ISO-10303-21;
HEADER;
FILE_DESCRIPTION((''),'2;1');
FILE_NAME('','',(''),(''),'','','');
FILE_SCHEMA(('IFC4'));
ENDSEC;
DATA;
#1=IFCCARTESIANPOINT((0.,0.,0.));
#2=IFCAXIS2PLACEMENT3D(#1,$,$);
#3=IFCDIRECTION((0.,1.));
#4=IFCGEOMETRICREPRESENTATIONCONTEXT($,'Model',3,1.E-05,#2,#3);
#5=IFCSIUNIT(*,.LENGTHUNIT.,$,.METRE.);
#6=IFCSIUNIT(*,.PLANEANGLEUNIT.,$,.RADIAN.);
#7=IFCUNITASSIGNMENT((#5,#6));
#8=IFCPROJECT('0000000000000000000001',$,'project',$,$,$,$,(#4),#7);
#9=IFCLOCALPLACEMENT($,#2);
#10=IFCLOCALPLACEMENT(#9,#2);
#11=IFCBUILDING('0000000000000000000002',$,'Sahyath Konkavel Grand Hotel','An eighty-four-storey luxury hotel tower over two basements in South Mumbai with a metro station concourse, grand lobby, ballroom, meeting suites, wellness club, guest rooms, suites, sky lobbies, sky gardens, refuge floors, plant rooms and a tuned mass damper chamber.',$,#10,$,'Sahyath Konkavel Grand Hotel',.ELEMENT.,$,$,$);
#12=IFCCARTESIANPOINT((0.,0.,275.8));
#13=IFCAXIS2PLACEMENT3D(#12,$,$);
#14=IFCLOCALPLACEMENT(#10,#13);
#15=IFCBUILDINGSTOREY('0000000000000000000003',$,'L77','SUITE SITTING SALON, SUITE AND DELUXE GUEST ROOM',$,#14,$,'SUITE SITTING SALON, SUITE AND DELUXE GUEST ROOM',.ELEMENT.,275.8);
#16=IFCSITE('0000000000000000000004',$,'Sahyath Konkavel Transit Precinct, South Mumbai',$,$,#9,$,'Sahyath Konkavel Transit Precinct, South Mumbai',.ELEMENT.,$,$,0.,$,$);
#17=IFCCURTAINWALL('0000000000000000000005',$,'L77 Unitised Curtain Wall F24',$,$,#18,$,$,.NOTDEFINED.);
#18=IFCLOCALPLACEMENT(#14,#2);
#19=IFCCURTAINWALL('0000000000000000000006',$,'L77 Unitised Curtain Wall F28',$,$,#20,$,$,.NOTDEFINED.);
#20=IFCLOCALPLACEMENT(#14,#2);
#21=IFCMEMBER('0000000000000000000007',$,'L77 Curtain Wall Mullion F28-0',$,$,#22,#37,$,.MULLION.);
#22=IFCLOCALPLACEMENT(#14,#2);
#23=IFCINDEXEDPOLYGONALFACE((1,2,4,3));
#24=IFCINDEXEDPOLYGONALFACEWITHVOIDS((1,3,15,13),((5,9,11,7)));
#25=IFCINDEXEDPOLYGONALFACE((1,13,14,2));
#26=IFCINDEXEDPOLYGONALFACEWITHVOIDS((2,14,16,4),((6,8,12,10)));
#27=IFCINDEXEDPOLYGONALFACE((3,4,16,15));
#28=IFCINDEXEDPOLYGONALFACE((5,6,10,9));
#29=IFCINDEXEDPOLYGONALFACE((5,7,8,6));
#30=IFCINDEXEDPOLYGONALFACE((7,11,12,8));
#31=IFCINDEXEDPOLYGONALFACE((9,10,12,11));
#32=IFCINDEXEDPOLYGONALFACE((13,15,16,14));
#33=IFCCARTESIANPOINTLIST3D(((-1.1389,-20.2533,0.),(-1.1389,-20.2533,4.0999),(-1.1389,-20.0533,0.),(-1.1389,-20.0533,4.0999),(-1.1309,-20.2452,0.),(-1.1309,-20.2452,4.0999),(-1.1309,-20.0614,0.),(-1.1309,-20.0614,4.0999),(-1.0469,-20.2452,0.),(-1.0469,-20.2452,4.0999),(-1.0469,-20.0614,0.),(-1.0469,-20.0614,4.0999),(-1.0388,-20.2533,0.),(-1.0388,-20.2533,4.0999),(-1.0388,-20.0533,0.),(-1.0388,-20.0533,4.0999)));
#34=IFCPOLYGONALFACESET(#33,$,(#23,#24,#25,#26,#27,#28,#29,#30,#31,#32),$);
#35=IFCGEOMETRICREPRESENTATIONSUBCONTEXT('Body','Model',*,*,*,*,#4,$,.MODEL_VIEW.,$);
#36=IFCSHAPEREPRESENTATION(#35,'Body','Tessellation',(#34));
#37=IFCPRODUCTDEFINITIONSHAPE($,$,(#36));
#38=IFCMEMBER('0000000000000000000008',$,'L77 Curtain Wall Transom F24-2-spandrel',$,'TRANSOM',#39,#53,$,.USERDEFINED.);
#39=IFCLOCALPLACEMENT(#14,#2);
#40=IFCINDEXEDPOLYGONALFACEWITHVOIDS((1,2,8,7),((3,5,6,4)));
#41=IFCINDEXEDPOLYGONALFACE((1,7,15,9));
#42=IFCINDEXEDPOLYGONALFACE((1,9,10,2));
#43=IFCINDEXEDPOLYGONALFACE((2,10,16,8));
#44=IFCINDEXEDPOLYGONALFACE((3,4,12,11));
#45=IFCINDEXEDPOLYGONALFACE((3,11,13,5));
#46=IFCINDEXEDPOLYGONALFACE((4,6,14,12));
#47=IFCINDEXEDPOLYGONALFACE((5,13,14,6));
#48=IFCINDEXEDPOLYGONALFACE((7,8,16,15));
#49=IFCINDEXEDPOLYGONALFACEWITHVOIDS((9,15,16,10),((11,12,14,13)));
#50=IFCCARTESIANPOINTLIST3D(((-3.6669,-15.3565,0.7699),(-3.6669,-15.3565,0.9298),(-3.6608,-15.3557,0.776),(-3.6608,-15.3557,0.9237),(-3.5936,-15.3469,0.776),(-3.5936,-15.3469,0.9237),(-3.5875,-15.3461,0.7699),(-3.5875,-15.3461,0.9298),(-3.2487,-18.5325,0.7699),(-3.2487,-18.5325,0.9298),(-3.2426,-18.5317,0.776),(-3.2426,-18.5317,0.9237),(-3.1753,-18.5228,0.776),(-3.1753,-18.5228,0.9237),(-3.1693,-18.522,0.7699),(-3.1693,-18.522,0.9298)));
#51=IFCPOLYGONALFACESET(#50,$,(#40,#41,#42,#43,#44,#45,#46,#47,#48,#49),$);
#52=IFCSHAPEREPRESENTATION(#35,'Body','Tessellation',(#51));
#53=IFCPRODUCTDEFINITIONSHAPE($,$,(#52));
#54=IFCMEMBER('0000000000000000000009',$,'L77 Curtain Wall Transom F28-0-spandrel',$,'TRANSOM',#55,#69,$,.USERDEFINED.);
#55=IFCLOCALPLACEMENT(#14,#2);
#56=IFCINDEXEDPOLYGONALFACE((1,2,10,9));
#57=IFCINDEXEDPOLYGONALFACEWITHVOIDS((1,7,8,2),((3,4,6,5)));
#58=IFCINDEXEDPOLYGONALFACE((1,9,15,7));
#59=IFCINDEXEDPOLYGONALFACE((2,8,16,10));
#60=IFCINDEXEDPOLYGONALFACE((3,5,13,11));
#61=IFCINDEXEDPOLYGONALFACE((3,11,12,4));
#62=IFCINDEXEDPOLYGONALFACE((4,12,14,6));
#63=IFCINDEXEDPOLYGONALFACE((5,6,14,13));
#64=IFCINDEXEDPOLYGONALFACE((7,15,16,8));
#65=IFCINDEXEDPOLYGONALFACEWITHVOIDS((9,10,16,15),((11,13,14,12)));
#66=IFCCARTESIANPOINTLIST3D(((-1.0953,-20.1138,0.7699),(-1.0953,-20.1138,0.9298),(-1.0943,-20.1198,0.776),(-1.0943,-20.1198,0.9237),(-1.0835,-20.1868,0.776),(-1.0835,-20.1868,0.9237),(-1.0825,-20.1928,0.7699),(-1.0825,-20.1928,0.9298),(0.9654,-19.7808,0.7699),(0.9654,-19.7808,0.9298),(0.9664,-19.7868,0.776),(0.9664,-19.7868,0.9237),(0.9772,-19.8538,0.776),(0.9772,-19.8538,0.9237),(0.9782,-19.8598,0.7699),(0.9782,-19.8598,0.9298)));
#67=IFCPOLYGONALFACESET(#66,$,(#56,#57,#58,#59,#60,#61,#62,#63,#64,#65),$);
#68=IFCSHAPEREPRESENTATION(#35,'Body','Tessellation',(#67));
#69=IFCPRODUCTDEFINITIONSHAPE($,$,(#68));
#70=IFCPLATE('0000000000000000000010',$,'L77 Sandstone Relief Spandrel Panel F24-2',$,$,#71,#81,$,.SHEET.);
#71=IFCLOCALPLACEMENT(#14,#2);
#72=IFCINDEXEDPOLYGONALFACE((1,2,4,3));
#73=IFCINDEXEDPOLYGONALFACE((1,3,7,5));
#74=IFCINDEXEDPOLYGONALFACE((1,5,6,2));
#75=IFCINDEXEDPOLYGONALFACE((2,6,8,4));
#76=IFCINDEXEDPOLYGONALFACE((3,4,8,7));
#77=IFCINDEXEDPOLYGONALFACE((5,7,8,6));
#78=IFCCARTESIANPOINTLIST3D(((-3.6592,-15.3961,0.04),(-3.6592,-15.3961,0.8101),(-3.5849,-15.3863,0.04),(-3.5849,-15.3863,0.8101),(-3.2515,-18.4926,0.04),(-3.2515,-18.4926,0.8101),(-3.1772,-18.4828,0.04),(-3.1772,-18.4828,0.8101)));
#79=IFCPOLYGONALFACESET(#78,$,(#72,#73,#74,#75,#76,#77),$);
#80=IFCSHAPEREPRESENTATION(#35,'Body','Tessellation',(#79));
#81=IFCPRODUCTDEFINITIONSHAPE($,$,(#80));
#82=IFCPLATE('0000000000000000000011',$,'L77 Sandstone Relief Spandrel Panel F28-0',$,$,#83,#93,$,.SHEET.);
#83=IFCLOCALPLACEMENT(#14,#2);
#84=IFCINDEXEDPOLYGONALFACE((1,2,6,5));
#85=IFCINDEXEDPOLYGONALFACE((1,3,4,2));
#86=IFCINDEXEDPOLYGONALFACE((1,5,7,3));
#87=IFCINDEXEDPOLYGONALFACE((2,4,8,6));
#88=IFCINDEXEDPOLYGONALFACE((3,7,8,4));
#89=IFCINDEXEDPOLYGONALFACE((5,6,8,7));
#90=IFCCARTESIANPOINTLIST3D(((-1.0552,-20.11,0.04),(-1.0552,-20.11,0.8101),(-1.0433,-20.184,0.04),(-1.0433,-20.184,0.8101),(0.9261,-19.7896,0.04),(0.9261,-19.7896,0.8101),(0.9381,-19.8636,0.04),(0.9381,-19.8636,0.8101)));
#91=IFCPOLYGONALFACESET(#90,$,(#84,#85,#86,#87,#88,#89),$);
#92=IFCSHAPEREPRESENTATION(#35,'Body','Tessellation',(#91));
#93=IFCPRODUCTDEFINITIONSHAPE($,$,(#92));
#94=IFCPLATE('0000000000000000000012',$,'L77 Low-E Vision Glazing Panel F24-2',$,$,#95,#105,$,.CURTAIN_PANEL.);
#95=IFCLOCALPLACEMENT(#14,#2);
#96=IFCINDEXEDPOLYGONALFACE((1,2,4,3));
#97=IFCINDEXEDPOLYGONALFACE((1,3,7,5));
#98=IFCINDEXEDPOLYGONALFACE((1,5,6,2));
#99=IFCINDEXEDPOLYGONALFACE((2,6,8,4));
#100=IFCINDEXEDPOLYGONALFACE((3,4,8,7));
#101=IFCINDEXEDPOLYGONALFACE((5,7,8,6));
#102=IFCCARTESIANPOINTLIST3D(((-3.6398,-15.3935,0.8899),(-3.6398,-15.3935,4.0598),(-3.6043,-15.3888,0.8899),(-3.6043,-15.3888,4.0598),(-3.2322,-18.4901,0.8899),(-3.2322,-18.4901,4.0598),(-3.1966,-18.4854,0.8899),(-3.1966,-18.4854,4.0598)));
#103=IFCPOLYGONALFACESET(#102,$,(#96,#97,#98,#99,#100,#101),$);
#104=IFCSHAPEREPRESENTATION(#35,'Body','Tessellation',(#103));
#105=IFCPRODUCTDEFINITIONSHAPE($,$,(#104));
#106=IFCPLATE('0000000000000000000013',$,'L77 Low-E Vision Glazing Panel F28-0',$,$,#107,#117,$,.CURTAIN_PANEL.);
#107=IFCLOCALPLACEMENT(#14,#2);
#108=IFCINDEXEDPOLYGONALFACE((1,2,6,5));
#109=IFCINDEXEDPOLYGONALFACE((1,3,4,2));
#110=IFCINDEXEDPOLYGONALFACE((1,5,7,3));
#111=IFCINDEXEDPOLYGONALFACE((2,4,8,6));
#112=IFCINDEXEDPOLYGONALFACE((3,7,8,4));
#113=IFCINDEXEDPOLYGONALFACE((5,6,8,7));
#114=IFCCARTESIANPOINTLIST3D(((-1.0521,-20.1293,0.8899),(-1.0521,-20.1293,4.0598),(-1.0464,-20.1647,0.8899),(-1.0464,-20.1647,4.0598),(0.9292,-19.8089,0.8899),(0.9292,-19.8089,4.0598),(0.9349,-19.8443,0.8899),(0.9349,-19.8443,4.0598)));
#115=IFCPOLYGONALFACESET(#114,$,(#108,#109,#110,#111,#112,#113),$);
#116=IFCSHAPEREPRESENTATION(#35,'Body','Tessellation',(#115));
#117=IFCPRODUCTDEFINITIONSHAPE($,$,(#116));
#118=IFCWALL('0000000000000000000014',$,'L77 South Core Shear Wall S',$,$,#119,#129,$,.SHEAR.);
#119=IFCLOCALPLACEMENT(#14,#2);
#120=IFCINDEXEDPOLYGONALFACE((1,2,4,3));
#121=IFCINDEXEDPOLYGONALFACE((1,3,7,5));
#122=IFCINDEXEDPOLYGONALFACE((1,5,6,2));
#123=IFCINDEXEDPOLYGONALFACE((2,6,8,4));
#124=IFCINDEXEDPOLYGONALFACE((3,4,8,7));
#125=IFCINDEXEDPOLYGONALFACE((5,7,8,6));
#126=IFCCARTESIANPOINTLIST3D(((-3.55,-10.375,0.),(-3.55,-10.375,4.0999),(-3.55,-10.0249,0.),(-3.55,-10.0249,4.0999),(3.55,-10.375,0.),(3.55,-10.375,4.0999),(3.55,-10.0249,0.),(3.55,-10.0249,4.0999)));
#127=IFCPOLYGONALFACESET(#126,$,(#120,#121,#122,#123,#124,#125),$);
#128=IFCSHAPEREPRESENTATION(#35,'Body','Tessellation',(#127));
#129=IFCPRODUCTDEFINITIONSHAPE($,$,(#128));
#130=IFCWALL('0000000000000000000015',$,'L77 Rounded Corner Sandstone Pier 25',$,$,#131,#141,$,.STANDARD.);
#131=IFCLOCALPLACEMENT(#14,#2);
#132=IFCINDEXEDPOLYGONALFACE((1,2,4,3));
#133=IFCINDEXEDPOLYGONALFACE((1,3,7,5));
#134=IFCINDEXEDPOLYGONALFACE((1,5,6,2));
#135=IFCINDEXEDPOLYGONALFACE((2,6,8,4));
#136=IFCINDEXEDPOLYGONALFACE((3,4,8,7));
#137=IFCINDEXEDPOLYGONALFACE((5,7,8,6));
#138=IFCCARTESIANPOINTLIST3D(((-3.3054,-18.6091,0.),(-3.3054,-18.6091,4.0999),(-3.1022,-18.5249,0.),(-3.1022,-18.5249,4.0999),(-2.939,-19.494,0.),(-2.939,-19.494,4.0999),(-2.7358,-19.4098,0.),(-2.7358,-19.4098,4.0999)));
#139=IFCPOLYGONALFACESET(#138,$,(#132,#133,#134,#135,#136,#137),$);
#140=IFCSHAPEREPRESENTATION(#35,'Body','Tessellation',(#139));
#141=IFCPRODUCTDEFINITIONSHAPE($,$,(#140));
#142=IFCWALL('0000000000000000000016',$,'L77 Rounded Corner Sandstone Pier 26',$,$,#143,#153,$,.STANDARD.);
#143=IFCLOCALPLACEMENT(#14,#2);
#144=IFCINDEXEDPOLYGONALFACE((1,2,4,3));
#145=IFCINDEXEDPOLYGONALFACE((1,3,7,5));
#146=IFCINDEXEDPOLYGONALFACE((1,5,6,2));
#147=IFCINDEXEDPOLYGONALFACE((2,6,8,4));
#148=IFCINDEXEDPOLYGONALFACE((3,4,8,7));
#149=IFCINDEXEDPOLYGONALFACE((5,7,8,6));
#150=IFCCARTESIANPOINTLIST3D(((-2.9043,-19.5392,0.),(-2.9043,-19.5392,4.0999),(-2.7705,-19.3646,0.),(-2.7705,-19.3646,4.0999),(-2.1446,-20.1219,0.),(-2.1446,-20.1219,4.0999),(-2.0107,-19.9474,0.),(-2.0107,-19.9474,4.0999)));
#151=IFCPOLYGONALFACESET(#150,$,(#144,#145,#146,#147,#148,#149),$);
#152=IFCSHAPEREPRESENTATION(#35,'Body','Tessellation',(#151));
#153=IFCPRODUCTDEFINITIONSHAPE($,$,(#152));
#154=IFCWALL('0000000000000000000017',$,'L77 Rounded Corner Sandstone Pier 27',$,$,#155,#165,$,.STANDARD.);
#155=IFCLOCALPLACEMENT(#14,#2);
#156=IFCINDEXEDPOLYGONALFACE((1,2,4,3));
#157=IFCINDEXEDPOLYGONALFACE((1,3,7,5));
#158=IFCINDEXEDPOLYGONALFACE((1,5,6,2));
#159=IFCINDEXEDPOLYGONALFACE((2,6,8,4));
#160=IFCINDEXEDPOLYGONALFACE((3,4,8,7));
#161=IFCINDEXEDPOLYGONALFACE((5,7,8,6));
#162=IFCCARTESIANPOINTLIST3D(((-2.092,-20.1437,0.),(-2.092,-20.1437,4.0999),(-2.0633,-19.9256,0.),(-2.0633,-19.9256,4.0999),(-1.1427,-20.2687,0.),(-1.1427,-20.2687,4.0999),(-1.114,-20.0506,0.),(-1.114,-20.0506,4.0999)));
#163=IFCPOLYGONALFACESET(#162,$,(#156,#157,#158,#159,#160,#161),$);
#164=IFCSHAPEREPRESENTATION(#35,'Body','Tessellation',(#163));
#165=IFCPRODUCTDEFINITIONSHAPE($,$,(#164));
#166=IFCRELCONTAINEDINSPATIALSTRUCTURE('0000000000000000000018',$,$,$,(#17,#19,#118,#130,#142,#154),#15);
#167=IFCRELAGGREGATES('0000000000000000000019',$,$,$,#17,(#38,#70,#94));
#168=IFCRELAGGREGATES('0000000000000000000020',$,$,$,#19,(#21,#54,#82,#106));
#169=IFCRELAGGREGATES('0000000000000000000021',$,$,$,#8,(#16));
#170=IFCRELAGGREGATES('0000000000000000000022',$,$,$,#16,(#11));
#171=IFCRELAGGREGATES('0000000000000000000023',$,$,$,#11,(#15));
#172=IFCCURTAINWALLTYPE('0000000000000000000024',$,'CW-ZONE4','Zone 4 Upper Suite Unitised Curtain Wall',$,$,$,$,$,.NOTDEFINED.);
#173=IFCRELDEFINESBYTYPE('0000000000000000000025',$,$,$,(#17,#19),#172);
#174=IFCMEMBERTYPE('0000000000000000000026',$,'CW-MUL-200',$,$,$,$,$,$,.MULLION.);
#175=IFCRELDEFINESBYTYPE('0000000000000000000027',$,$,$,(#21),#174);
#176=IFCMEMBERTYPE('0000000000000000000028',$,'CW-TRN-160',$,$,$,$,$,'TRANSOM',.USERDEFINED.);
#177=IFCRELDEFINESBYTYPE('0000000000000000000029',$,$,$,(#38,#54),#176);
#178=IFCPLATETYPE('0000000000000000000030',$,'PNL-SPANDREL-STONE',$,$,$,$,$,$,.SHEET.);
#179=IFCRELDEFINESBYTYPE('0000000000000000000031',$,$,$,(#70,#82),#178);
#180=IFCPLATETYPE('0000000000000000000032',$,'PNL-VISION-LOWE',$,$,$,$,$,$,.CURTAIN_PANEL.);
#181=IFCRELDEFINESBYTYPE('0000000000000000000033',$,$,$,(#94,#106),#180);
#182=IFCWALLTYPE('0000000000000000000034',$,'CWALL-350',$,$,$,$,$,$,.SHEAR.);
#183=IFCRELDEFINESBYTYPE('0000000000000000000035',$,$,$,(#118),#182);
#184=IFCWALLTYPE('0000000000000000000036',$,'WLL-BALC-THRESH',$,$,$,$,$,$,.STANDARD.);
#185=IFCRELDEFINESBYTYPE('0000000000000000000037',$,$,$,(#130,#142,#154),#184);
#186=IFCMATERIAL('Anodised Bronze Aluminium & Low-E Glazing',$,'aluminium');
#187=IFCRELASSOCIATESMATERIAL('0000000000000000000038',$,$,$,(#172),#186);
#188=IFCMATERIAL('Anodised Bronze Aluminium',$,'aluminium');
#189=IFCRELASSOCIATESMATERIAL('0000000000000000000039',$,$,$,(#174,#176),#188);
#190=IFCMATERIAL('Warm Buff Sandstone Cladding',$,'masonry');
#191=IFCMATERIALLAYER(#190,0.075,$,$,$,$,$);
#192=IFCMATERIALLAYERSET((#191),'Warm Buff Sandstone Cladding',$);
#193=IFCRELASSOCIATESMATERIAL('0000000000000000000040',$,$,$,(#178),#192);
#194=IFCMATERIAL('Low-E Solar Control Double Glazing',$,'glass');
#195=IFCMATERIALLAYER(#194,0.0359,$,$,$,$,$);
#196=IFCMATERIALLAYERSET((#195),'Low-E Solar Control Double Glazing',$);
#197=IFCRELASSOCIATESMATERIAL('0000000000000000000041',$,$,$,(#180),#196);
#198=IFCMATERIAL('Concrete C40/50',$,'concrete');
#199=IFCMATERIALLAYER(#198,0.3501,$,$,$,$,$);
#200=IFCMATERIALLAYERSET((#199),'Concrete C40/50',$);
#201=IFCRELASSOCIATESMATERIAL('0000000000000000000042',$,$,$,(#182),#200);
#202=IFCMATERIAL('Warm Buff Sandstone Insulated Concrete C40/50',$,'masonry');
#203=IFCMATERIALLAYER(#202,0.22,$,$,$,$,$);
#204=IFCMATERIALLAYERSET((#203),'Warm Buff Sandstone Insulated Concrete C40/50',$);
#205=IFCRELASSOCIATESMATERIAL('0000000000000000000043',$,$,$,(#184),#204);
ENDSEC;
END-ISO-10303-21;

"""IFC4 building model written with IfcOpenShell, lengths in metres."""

from ifc_helpers import new_model, si_unit, direction, frame, frame_2d, origin, origin_2d, place, context, subcontext, project, spatial, rectangle, hollow_rectangle, extrude, source, transform, mapped, material, layer, layer_set, material_profile, profile_set, type_object, element, aggregate, save


model = new_model("IFC4")

# Units and contexts
model_context = context("Model", 3, precision=1e-05, world=origin(), true_north=direction((0.0, 1.0)))
body_context = subcontext(model_context, "Body", "Model", "MODEL_VIEW")
ifc_project = project(units=[si_unit("LENGTHUNIT", "METRE"), si_unit("PLANEANGLEUNIT", "RADIAN")], contexts=[model_context])

# Site, building, storey
site_placement = place(None, origin())
site = spatial("IfcSite", under=ifc_project, at=site_placement, Name="Sahyath Konkavel Transit Precinct, South Mumbai", LongName="Sahyath Konkavel Transit Precinct, South Mumbai", CompositionType="ELEMENT", RefElevation=0.0)
building_placement = place(site_placement, origin())
building = spatial("IfcBuilding", under=site, at=building_placement, Name="Sahyath Konkavel Grand Hotel", Description="An eighty-four-storey luxury hotel tower over two basements in South Mumbai with a metro station concourse, grand lobby, ballroom, meeting suites, wellness club, guest rooms, suites, sky lobbies, sky gardens, refuge floors, plant rooms and a tuned mass damper chamber.", LongName="Sahyath Konkavel Grand Hotel", CompositionType="ELEMENT")
storey_placement = place(building_placement, frame((0.0, 0.0, 275.8)))
storey = spatial("IfcBuildingStorey", under=building, at=storey_placement, Name="L77", Description="SUITE SITTING SALON, SUITE AND DELUXE GUEST ROOM", LongName="SUITE SITTING SALON, SUITE AND DELUXE GUEST ROOM", CompositionType="ELEMENT", Elevation=275.8)

# Shared definitions
ifc_material_1 = material(Name="Concrete C40/50", Category="concrete")

# Curtain wall
ifc_material_2 = material(Name="Anodised Bronze Aluminium & Low-E Glazing", Category="aluminium")
curtain_wall_type = type_object("IfcCurtainWallType", Name="CW-ZONE4", Description="Zone 4 Upper Suite Unitised Curtain Wall", PredefinedType="NOTDEFINED", material=ifc_material_2)
curtain_wall_1_placement = place(storey_placement, origin())
curtain_wall_1 = element("IfcCurtainWall", 1, at=curtain_wall_1_placement, inside=storey, type_object=curtain_wall_type, Name="L77 Unitised Curtain Wall F24", PredefinedType="NOTDEFINED")
ifc_material_3 = material(Name="Anodised Bronze Aluminium", Category="aluminium")
ifc_material_profile_1 = material_profile(ifc_material_3, hollow_rectangle(XDim=0.1001, YDim=0.2, WallThickness=0.0081, at=origin_2d()), Name="RHS 200x100x8")
ifc_profile_set_1 = profile_set([ifc_material_profile_1], Name="Anodised Bronze Aluminium")
member_type_1 = type_object("IfcMemberType", Name="CW-MUL-200", PredefinedType="MULLION", material=ifc_profile_set_1)
shared_shape_1 = source(origin(), body_context, "Body", "SweptSolid", [
    extrude(hollow_rectangle(XDim=0.1001, YDim=0.2, WallThickness=0.0081, at=origin_2d()), origin(), (0.0, 0.0, 1.0), 4.0999),
])

# Curtain wall, member
curtain_wall_2_placement = place(storey_placement, origin())
curtain_wall_2 = element("IfcCurtainWall", 2, at=curtain_wall_2_placement, inside=storey, type_object=curtain_wall_type, Name="L77 Unitised Curtain Wall F28", PredefinedType="NOTDEFINED")
member_1_placement = place(storey_placement, frame((-1.0889, -20.1533, 0.0), z_axis=(0.0, 0.0, 1.0), x_axis=(1.0, 0.0, 0.0)))
member_1 = element("IfcMember", 3, at=member_1_placement, type_object=member_type_1, Name="L77 Curtain Wall Mullion F28-0", PredefinedType="MULLION", context=body_context, shape_type="MappedRepresentation", body=[
    mapped(shared_shape_1, transform((0.0, 0.0, 0.0), scale=1.0)),
])

# Members
ifc_material_profile_2 = material_profile(ifc_material_3, hollow_rectangle(XDim=0.0801, YDim=0.1599, WallThickness=0.0061, at=origin_2d()), Name="RHS 160x80x6")
ifc_profile_set_2 = profile_set([ifc_material_profile_2], Name="Anodised Bronze Aluminium")
member_type_2 = type_object("IfcMemberType", Name="CW-TRN-160", ElementType="TRANSOM", PredefinedType="USERDEFINED", material=ifc_profile_set_2)
shared_shape_2 = source(origin(), body_context, "Body", "SweptSolid", [
    extrude(hollow_rectangle(XDim=0.0801, YDim=0.1599, WallThickness=0.0061, at=origin_2d()), origin(), (0.0, 0.0, 1.0), 3.2034),
])
member_2_placement = place(storey_placement, frame((-3.6272, -15.3513, 0.8499), z_axis=(0.130551, -0.991442, 0.0), x_axis=(0.991442, 0.130551, 0.0)))
member_2 = element("IfcMember", 4, at=member_2_placement, type_object=member_type_2, Name="L77 Curtain Wall Transom F24-2-spandrel", ObjectType="TRANSOM", PredefinedType="USERDEFINED", context=body_context, shape_type="MappedRepresentation", body=[
    mapped(shared_shape_2, transform((0.0, 0.0, 0.0), scale=1.0)),
])
shared_shape_3 = source(origin(), body_context, "Body", "SweptSolid", [
    extrude(hollow_rectangle(XDim=0.0801, YDim=0.1599, WallThickness=0.0061, at=origin_2d()), origin(), (0.0, 0.0, 1.0), 2.0874),
])
member_3_placement = place(storey_placement, frame((-1.0889, -20.1533, 0.8499), z_axis=(0.987191, 0.159541, 0.0), x_axis=(-0.159541, 0.987191, 0.0)))
member_3 = element("IfcMember", 5, at=member_3_placement, type_object=member_type_2, Name="L77 Curtain Wall Transom F28-0-spandrel", ObjectType="TRANSOM", PredefinedType="USERDEFINED", context=body_context, shape_type="MappedRepresentation", body=[
    mapped(shared_shape_3, transform((0.0, 0.0, 0.0), scale=1.0)),
])

# Plates
ifc_material_4 = material(Name="Warm Buff Sandstone Cladding", Category="masonry")
ifc_layer_1 = layer(ifc_material_4, 0.075)
ifc_layer_set_1 = layer_set([ifc_layer_1], Name="Warm Buff Sandstone Cladding")
plate_type_1 = type_object("IfcPlateType", Name="PNL-SPANDREL-STONE", PredefinedType="SHEET", material=ifc_layer_set_1)
shared_shape_4 = source(origin(), body_context, "Body", "SweptSolid", [
    extrude(rectangle(XDim=3.1233, YDim=0.075, at=origin_2d()), origin(), (0.0, 0.0, 1.0), 0.77),
])
plate_1_placement = place(storey_placement, frame((-3.4182, -16.9395, 0.04), z_axis=(0.0, 0.0, 1.0), x_axis=(0.130526, -0.991445, 0.0)))
plate_1 = element("IfcPlate", 6, at=plate_1_placement, type_object=plate_type_1, Name="L77 Sandstone Relief Spandrel Panel F24-2", PredefinedType="SHEET", context=body_context, shape_type="MappedRepresentation", body=[
    mapped(shared_shape_4, transform((0.0, 0.0, 0.0), scale=1.0)),
])
shared_shape_5 = source(origin(), body_context, "Body", "SweptSolid", [
    extrude(rectangle(XDim=2.0071, YDim=0.075, at=origin_2d()), origin(), (0.0, 0.0, 1.0), 0.77),
])
plate_2_placement = place(storey_placement, frame((-0.0586, -19.9868, 0.04), z_axis=(0.0, 0.0, 1.0), x_axis=(0.987178, 0.159623, 0.0)))
plate_2 = element("IfcPlate", 7, at=plate_2_placement, type_object=plate_type_1, Name="L77 Sandstone Relief Spandrel Panel F28-0", PredefinedType="SHEET", context=body_context, shape_type="MappedRepresentation", body=[
    mapped(shared_shape_5, transform((0.0, 0.0, 0.0), scale=1.0)),
])
ifc_material_5 = material(Name="Low-E Solar Control Double Glazing", Category="glass")
ifc_layer_2 = layer(ifc_material_5, 0.0359)
ifc_layer_set_2 = layer_set([ifc_layer_2], Name="Low-E Solar Control Double Glazing")
plate_type_2 = type_object("IfcPlateType", Name="PNL-VISION-LOWE", PredefinedType="CURTAIN_PANEL", material=ifc_layer_set_2)
shared_shape_6 = source(origin(), body_context, "Body", "SweptSolid", [
    extrude(rectangle(XDim=3.1233, YDim=0.0359, at=origin_2d()), origin(), (0.0, 0.0, 1.0), 3.1699),
])
plate_3_placement = place(storey_placement, frame((-3.4182, -16.9395, 0.8899), z_axis=(0.0, 0.0, 1.0), x_axis=(0.130526, -0.991445, 0.0)))
plate_3 = element("IfcPlate", 8, at=plate_3_placement, type_object=plate_type_2, Name="L77 Low-E Vision Glazing Panel F24-2", PredefinedType="CURTAIN_PANEL", context=body_context, shape_type="MappedRepresentation", body=[
    mapped(shared_shape_6, transform((0.0, 0.0, 0.0), scale=1.0)),
])
aggregate(curtain_wall_1, [member_2, plate_1, plate_3])
shared_shape_7 = source(origin(), body_context, "Body", "SweptSolid", [
    extrude(rectangle(XDim=2.0071, YDim=0.0359, at=origin_2d()), origin(), (0.0, 0.0, 1.0), 3.1699),
])
plate_4_placement = place(storey_placement, frame((-0.0586, -19.9868, 0.8899), z_axis=(0.0, 0.0, 1.0), x_axis=(0.987178, 0.159623, 0.0)))
plate_4 = element("IfcPlate", 9, at=plate_4_placement, type_object=plate_type_2, Name="L77 Low-E Vision Glazing Panel F28-0", PredefinedType="CURTAIN_PANEL", context=body_context, shape_type="MappedRepresentation", body=[
    mapped(shared_shape_7, transform((0.0, 0.0, 0.0), scale=1.0)),
])
aggregate(curtain_wall_2, [member_1, member_3, plate_2, plate_4])

# Walls
ifc_layer_3 = layer(ifc_material_1, 0.3501)
ifc_layer_set_3 = layer_set([ifc_layer_3], Name="Concrete C40/50")
wall_type_1 = type_object("IfcWallType", Name="CWALL-350", PredefinedType="SHEAR", material=ifc_layer_set_3)
wall_1_placement = place(storey_placement, frame((-3.55, -10.2, 0.0), z_axis=(0.0, 0.0, 1.0), x_axis=(1.0, 0.0, 0.0)))
element("IfcWall", 10, at=wall_1_placement, inside=storey, type_object=wall_type_1, Name="L77 South Core Shear Wall S", PredefinedType="SHEAR", context=body_context, shape_type="SweptSolid", body=[
    extrude(rectangle(XDim=7.1001, YDim=0.3501, at=frame_2d((3.55, 0.0))), origin(), (0.0, 0.0, 1.0), 4.0999),
])
ifc_material_6 = material(Name="Warm Buff Sandstone Insulated Concrete C40/50", Category="masonry")
ifc_layer_4 = layer(ifc_material_6, 0.22)
ifc_layer_set_4 = layer_set([ifc_layer_4], Name="Warm Buff Sandstone Insulated Concrete C40/50")
wall_type_2 = type_object("IfcWallType", Name="WLL-BALC-THRESH", PredefinedType="STANDARD", material=ifc_layer_set_4)
wall_2_placement = place(storey_placement, frame((-3.2039, -18.5669, 0.0), z_axis=(0.0, 0.0, 1.0), x_axis=(0.382569, -0.923927, 0.0)))
element("IfcWall", 11, at=wall_2_placement, inside=storey, type_object=wall_type_2, Name="L77 Rounded Corner Sandstone Pier 25", PredefinedType="STANDARD", context=body_context, shape_type="SweptSolid", body=[
    extrude(rectangle(XDim=0.9578, YDim=0.22, at=frame_2d((0.479, 0.0))), origin(), (0.0, 0.0, 1.0), 4.0999),
])
for number, where, z_axis, x_axis, name in (
    (12, (-2.8374, -19.4519, 0.0), (0.0, 0.0, 1.0), (0.793467, -0.608614, 0.0), "L77 Rounded Corner Sandstone Pier 26"),
    (13, (-2.0776, -20.0347, 0.0), (0.0, 0.0, 1.0), (0.99144, -0.13056, 0.0), "L77 Rounded Corner Sandstone Pier 27"),
):
    element("IfcWall", number, at=place(storey_placement, frame(where, z_axis=z_axis, x_axis=x_axis)), inside=storey, type_object=wall_type_2, Name=name, PredefinedType="STANDARD", context=body_context, shape_type="SweptSolid", body=[
        extrude(rectangle(XDim=0.9575, YDim=0.22, at=frame_2d((0.4788, 0.0))), origin(), (0.0, 0.0, 1.0), 4.0999),
    ])

save(model, "model.ifc")
